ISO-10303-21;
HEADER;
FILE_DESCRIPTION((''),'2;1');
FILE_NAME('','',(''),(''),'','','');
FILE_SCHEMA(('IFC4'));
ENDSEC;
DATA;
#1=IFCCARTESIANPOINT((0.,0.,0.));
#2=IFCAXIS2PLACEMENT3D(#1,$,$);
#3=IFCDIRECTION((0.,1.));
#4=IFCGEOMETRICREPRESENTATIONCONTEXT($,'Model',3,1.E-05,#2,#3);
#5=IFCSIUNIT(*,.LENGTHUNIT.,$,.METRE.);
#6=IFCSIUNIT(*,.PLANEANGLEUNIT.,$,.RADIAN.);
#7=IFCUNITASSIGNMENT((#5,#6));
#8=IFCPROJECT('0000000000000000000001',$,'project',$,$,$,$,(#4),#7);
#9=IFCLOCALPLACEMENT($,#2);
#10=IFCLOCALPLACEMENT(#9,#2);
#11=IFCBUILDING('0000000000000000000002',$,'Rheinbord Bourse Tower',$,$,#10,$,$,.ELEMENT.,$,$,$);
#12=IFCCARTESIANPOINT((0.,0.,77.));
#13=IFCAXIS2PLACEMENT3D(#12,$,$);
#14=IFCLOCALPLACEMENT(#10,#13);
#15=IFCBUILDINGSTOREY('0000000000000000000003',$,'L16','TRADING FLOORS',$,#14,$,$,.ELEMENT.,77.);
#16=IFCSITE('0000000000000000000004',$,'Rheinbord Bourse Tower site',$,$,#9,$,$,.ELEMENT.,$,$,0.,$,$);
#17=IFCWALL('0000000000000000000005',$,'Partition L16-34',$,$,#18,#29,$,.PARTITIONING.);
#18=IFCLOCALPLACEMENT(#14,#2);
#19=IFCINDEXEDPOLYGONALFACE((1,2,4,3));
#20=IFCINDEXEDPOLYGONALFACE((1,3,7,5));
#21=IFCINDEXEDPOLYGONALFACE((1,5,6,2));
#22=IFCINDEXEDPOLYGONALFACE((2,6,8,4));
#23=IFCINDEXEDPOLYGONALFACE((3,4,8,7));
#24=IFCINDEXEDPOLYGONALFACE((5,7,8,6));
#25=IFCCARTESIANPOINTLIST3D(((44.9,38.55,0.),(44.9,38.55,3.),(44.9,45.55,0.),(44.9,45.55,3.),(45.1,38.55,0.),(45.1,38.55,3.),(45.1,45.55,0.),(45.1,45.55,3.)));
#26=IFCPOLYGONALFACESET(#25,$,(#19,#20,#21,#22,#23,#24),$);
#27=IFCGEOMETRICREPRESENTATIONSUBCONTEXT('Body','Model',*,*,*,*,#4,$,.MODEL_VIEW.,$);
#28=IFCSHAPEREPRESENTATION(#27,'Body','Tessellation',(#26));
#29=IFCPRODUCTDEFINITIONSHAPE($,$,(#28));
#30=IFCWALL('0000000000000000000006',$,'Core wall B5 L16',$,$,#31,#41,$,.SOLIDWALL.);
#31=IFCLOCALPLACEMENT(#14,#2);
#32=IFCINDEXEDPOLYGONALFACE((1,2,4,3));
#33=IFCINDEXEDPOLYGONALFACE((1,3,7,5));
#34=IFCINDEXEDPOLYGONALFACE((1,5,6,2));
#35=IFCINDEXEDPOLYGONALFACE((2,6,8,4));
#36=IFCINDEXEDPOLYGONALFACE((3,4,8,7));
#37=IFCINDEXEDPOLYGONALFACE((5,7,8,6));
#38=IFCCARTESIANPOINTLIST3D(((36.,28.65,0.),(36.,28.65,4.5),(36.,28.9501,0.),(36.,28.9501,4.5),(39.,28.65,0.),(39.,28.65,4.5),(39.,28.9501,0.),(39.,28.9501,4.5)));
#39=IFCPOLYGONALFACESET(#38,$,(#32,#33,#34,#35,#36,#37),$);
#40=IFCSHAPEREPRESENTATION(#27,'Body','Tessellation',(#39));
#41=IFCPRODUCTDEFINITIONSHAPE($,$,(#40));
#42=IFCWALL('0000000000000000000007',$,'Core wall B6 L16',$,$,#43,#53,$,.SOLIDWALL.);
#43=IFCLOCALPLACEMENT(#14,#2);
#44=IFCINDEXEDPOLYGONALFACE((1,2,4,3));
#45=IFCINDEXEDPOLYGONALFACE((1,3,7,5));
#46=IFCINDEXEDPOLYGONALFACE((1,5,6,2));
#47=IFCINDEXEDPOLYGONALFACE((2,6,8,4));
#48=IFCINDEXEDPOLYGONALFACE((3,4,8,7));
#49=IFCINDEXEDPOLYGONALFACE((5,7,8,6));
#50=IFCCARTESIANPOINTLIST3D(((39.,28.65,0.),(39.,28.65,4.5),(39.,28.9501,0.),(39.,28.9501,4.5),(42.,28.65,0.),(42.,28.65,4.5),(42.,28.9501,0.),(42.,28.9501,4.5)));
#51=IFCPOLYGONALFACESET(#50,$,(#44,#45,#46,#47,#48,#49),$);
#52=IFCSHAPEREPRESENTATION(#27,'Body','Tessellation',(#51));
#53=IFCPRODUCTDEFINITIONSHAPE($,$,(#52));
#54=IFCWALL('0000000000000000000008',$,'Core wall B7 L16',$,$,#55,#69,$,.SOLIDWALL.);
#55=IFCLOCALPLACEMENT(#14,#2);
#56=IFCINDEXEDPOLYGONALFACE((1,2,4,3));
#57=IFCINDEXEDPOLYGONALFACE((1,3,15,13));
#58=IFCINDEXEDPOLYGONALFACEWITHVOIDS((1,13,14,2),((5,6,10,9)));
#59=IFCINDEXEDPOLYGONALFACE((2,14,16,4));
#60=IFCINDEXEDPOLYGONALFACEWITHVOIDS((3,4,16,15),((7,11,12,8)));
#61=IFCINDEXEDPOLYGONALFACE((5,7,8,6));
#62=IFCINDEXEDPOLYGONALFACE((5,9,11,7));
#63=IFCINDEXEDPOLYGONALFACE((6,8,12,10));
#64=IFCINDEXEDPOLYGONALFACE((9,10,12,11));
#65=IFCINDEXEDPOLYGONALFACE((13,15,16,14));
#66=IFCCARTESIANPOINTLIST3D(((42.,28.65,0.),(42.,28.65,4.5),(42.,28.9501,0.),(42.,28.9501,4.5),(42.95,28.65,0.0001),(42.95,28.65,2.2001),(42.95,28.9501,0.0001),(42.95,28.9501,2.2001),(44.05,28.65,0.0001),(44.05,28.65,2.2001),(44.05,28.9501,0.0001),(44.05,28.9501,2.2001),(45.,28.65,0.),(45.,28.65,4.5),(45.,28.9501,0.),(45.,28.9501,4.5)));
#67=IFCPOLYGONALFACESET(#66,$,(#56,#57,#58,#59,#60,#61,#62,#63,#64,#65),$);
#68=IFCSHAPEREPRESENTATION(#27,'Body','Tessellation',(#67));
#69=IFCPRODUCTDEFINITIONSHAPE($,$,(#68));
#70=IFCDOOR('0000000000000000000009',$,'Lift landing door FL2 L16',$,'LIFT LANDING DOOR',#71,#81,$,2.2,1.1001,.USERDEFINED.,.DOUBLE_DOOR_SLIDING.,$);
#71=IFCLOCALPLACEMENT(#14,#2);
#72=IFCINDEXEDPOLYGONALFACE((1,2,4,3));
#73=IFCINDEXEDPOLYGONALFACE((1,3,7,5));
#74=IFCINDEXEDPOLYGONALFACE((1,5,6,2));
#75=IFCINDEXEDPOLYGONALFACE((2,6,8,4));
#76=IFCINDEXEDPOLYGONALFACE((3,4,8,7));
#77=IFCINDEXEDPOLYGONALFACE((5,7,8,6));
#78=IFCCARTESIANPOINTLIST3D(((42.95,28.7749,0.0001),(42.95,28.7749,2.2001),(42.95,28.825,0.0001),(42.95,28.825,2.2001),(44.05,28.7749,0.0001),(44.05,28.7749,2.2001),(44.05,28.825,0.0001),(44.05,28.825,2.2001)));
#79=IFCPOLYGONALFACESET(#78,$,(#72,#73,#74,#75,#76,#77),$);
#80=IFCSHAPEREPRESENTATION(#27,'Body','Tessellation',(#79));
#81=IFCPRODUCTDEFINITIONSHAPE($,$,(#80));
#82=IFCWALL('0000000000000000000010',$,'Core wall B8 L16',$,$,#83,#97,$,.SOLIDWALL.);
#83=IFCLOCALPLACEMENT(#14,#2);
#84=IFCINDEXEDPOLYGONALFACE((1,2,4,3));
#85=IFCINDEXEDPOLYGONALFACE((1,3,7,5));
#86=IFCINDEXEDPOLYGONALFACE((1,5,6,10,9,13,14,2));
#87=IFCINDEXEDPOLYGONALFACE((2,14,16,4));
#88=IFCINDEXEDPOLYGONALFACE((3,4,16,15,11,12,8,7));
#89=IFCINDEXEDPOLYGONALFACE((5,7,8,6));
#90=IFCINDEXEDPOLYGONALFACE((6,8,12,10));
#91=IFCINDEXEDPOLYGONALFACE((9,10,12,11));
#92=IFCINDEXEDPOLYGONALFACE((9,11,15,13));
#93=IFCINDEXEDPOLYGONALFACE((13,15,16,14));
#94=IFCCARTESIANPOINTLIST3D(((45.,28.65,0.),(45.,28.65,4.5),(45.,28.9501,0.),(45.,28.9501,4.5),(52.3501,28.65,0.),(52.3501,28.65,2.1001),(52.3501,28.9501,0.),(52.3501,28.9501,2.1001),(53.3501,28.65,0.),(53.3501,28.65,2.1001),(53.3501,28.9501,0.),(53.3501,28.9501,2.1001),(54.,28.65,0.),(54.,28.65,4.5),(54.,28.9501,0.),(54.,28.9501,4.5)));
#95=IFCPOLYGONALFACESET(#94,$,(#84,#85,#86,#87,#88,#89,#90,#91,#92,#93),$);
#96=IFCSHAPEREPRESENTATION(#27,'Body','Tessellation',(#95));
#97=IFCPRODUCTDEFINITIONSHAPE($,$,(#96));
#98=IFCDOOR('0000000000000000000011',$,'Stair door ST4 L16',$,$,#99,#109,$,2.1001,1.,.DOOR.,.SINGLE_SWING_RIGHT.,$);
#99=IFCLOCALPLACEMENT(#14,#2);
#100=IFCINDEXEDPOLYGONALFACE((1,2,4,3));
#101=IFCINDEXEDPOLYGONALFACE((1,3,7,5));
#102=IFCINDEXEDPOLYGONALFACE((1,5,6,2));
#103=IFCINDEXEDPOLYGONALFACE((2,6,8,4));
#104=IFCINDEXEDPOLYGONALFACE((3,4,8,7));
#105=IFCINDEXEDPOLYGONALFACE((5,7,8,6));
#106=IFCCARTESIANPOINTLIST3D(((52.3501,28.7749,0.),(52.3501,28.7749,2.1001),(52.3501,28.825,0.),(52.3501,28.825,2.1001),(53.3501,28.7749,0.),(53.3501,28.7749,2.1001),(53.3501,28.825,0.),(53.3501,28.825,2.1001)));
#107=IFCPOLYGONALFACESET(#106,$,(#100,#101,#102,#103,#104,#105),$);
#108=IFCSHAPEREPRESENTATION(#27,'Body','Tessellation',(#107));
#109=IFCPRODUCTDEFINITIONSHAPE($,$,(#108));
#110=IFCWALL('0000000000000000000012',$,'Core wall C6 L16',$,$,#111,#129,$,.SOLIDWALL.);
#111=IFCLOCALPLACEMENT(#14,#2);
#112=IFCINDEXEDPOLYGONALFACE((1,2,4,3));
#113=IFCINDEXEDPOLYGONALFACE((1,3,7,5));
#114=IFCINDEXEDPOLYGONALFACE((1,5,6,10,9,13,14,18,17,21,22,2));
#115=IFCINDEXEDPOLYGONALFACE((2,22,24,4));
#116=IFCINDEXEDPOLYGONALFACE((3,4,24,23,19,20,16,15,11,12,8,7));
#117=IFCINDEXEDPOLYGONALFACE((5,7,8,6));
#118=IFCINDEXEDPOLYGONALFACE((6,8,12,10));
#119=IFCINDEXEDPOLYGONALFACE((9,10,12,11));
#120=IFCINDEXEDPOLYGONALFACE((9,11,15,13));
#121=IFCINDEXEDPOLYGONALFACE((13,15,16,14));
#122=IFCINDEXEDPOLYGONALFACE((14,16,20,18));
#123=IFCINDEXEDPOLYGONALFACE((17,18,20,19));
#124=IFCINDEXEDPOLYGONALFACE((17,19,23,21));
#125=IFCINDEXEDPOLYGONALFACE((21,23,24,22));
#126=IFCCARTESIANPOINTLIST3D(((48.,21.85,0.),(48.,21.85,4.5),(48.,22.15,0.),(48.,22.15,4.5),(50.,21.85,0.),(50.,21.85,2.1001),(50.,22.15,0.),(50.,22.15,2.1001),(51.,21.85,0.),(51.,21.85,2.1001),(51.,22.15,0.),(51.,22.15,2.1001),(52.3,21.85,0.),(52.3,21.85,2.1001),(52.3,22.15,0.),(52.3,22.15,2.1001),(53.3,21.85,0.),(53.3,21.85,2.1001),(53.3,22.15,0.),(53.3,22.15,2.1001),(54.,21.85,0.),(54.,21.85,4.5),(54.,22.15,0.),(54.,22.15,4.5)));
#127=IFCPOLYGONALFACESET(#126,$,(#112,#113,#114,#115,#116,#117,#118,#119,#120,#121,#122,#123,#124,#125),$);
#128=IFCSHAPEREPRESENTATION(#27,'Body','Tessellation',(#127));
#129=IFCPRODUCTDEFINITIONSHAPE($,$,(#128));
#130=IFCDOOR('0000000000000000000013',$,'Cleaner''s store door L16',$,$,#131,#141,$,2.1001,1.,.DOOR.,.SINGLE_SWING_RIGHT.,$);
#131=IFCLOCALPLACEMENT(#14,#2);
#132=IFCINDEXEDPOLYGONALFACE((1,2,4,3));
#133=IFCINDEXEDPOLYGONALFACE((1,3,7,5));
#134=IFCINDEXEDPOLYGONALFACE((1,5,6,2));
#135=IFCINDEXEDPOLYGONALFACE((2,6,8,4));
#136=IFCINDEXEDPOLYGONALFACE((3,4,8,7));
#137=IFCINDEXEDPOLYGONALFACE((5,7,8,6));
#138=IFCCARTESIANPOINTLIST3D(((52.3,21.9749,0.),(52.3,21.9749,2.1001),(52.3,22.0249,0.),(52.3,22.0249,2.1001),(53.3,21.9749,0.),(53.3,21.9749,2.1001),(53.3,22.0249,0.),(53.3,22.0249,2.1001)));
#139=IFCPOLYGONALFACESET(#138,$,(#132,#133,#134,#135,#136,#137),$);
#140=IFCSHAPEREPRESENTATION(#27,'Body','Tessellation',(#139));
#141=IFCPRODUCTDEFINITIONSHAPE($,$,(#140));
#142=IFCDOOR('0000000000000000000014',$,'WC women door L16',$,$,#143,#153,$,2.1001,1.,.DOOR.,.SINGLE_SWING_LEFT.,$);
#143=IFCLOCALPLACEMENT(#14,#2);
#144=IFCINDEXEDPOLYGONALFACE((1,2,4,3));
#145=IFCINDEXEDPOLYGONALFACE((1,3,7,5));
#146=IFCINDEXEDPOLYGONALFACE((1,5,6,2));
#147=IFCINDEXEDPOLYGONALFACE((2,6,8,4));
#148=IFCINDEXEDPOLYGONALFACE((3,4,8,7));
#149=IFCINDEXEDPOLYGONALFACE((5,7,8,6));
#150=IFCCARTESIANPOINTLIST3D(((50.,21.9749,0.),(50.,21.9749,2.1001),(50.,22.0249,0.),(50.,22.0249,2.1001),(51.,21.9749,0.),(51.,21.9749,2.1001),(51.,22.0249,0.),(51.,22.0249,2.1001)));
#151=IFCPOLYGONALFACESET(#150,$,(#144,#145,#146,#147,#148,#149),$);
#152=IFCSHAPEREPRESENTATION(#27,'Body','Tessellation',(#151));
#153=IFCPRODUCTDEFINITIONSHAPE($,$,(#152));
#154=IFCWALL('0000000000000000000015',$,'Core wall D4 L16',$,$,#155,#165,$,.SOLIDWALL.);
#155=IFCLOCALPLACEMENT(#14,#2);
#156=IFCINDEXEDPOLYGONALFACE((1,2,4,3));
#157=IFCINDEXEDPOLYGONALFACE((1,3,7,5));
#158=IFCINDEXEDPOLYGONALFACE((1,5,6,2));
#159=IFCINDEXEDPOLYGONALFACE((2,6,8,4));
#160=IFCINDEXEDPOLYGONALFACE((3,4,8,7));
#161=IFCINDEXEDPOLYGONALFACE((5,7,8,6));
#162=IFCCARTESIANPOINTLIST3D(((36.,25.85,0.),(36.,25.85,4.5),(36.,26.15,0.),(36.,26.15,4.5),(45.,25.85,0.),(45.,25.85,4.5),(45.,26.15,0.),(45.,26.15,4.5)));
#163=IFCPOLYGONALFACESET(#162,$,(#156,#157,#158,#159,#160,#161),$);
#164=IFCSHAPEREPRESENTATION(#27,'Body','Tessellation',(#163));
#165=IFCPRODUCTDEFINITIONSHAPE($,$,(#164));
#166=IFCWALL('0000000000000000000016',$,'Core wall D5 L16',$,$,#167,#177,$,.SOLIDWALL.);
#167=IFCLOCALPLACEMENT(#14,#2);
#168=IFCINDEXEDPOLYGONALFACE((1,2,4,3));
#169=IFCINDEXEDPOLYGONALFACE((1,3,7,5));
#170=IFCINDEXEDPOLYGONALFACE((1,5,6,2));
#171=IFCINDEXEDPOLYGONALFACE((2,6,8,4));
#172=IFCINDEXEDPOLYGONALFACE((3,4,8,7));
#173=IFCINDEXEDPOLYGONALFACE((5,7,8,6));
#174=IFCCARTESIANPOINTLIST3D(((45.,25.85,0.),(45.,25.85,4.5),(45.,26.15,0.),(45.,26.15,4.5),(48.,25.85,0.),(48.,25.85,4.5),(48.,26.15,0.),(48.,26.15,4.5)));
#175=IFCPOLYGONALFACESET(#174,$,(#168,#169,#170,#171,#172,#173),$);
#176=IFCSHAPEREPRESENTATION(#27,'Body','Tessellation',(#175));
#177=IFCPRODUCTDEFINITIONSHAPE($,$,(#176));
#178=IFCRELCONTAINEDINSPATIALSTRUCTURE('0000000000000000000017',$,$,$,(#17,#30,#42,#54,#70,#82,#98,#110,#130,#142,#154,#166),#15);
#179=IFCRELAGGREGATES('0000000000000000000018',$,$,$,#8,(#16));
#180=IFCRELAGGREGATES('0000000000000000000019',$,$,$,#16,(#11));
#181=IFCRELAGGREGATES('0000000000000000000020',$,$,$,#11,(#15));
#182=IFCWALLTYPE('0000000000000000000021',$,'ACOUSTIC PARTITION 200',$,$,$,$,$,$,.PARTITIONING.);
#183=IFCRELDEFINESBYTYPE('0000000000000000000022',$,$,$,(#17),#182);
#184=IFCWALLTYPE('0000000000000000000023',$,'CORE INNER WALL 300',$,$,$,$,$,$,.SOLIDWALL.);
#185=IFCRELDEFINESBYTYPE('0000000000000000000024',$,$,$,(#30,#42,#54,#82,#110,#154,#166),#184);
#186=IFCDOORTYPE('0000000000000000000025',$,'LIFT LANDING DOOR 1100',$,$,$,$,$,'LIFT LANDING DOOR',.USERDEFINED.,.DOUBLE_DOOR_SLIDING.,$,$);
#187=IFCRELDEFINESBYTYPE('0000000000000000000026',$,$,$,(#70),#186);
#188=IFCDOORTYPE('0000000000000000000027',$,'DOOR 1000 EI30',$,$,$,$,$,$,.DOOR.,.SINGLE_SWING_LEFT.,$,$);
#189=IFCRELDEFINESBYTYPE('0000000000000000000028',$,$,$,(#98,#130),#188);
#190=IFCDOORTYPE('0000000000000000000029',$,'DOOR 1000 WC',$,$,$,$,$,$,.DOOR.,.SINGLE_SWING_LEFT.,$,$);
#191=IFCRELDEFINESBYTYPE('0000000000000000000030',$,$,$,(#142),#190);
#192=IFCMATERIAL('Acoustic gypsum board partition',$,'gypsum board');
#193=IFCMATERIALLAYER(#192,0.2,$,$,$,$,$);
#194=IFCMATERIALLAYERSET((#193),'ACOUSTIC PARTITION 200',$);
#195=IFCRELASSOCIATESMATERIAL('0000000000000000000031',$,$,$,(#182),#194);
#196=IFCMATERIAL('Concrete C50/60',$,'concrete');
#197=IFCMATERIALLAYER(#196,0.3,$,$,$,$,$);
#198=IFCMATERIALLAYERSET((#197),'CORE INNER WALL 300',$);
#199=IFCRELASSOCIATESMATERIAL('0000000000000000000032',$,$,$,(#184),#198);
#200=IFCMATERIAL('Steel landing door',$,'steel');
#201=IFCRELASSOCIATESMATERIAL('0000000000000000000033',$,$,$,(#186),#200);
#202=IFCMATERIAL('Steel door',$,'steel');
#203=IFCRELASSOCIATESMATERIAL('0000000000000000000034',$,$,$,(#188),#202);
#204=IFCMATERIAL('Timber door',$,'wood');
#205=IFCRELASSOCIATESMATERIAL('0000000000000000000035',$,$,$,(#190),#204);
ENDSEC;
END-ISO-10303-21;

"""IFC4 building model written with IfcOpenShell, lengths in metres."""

from ifc_helpers import new_model, si_unit, direction, frame, frame_2d, origin, place, context, subcontext, project, spatial, rectangle, extrude, material, layer, layer_set, type_object, element, fill, save


model = new_model("IFC4")

# Units and contexts
model_context = context("Model", 3, precision=1e-05, world=origin(), true_north=direction((0.0, 1.0)))
body_context = subcontext(model_context, "Body", "Model", "MODEL_VIEW")
ifc_project = project(units=[si_unit("LENGTHUNIT", "METRE"), si_unit("PLANEANGLEUNIT", "RADIAN")], contexts=[model_context])

# Site, building, storey
site_placement = place(None, origin())
site = spatial("IfcSite", under=ifc_project, at=site_placement, Name="Rheinbord Bourse Tower site", CompositionType="ELEMENT", RefElevation=0.0)
building_placement = place(site_placement, origin())
building = spatial("IfcBuilding", under=site, at=building_placement, Name="Rheinbord Bourse Tower", CompositionType="ELEMENT")
storey_placement = place(building_placement, frame((0.0, 0.0, 77.0)))
storey = spatial("IfcBuildingStorey", under=building, at=storey_placement, Name="L16", Description="TRADING FLOORS", CompositionType="ELEMENT", Elevation=77.0)

# Walls
ifc_material_1 = material(Name="Acoustic gypsum board partition", Category="gypsum board")
ifc_layer_1 = layer(ifc_material_1, 0.2)
ifc_layer_set_1 = layer_set([ifc_layer_1], Name="ACOUSTIC PARTITION 200")
wall_type_1 = type_object("IfcWallType", Name="ACOUSTIC PARTITION 200", PredefinedType="PARTITIONING", material=ifc_layer_set_1)
wall_1_placement = place(storey_placement, frame((45.0, 38.55, 0.0), z_axis=(0.0, 0.0, 1.0), x_axis=(0.0, 1.0, 0.0)))
element("IfcWall", 1, at=wall_1_placement, inside=storey, type_object=wall_type_1, Name="Partition L16-34", PredefinedType="PARTITIONING", context=body_context, shape_type="SweptSolid", body=[
    extrude(rectangle(XDim=7.0, YDim=0.2, at=frame_2d((3.5, 0.0))), origin(), (0.0, 0.0, 1.0), 3.0),
])
ifc_material_2 = material(Name="Concrete C50/60", Category="concrete")
ifc_layer_2 = layer(ifc_material_2, 0.3)
ifc_layer_set_2 = layer_set([ifc_layer_2], Name="CORE INNER WALL 300")
wall_type_2 = type_object("IfcWallType", Name="CORE INNER WALL 300", PredefinedType="SOLIDWALL", material=ifc_layer_set_2)
for number, where, z_axis, x_axis, name in (
    (2, (36.0, 28.8, 0.0), (0.0, 0.0, 1.0), (1.0, 0.0, 0.0), "Core wall B5 L16"),
    (3, (39.0, 28.8, 0.0), (0.0, 0.0, 1.0), (1.0, 0.0, 0.0), "Core wall B6 L16"),
):
    element("IfcWall", number, at=place(storey_placement, frame(where, z_axis=z_axis, x_axis=x_axis)), inside=storey, type_object=wall_type_2, Name=name, PredefinedType="SOLIDWALL", context=body_context, shape_type="SweptSolid", body=[
        extrude(rectangle(XDim=3.0, YDim=0.3, at=frame_2d((1.5, 0.0))), origin(), (0.0, 0.0, 1.0), 4.5),
    ])

# Walls, openings, doors
wall_2_placement = place(storey_placement, frame((42.0, 28.8, 0.0), z_axis=(0.0, 0.0, 1.0), x_axis=(1.0, 0.0, 0.0)))
wall_2 = element("IfcWall", 4, at=wall_2_placement, inside=storey, type_object=wall_type_2, Name="Core wall B7 L16", PredefinedType="SOLIDWALL", context=body_context, shape_type="SweptSolid", body=[
    extrude(rectangle(XDim=3.0, YDim=0.3, at=frame_2d((1.5, 0.0))), origin(), (0.0, 0.0, 1.0), 4.5),
])
opening_1_placement = place(wall_2_placement, frame((0.95, 0.0, 0.0)))
opening_1 = element("IfcOpeningElement", 5, at=opening_1_placement, cuts=wall_2, PredefinedType="OPENING", context=body_context, shape_type="SweptSolid", body=[
    extrude(rectangle(XDim=1.1001, YDim=2.2, at=frame_2d((0.55, 1.1001))), frame((0.0, 0.1599, 0.0), z_axis=(0.0, -1.0, 0.0), x_axis=(1.0, 0.0, 0.0)), (0.0, 0.0, 1.0), 0.3201),
])
ifc_material_3 = material(Name="Steel landing door", Category="steel")
door_type_1 = type_object("IfcDoorType", Name="LIFT LANDING DOOR 1100", ElementType="LIFT LANDING DOOR", OperationType="DOUBLE_DOOR_SLIDING", PredefinedType="USERDEFINED", material=ifc_material_3)
door_1_placement = place(opening_1_placement, origin())
door_1 = element("IfcDoor", 6, at=door_1_placement, inside=storey, type_object=door_type_1, Name="Lift landing door FL2 L16", ObjectType="LIFT LANDING DOOR", OperationType="DOUBLE_DOOR_SLIDING", OverallHeight=2.2, OverallWidth=1.1001, PredefinedType="USERDEFINED", context=body_context, shape_type="SweptSolid", body=[
    extrude(rectangle(XDim=1.1001, YDim=2.2, at=frame_2d((0.55, 1.1001))), frame((0.0, 0.0249, 0.0), z_axis=(0.0, -1.0, 0.0), x_axis=(1.0, 0.0, 0.0)), (0.0, 0.0, 1.0), 0.05),
])
fill(opening_1, door_1)
wall_3_placement = place(storey_placement, frame((45.0, 28.8, 0.0), z_axis=(0.0, 0.0, 1.0), x_axis=(1.0, 0.0, 0.0)))
wall_3 = element("IfcWall", 7, at=wall_3_placement, inside=storey, type_object=wall_type_2, Name="Core wall B8 L16", PredefinedType="SOLIDWALL", context=body_context, shape_type="SweptSolid", body=[
    extrude(rectangle(XDim=9.0, YDim=0.3, at=frame_2d((4.5, 0.0))), origin(), (0.0, 0.0, 1.0), 4.5),
])
opening_2_placement = place(wall_3_placement, frame((7.3501, 0.0, 0.0)))
opening_2 = element("IfcOpeningElement", 8, at=opening_2_placement, cuts=wall_3, PredefinedType="OPENING", context=body_context, shape_type="SweptSolid", body=[
    extrude(rectangle(XDim=1.0, YDim=2.1001, at=frame_2d((0.5, 1.05))), frame((0.0, 0.1599, 0.0), z_axis=(0.0, -1.0, 0.0), x_axis=(1.0, 0.0, 0.0)), (0.0, 0.0, 1.0), 0.3201),
])
ifc_material_4 = material(Name="Steel door", Category="steel")
door_type_2 = type_object("IfcDoorType", Name="DOOR 1000 EI30", OperationType="SINGLE_SWING_LEFT", PredefinedType="DOOR", material=ifc_material_4)
door_2_placement = place(opening_2_placement, origin())
door_2 = element("IfcDoor", 9, at=door_2_placement, inside=storey, type_object=door_type_2, Name="Stair door ST4 L16", OperationType="SINGLE_SWING_RIGHT", OverallHeight=2.1001, OverallWidth=1.0, PredefinedType="DOOR", context=body_context, shape_type="SweptSolid", body=[
    extrude(rectangle(XDim=1.0, YDim=2.1001, at=frame_2d((0.5, 1.05))), frame((0.0, 0.0249, 0.0), z_axis=(0.0, -1.0, 0.0), x_axis=(1.0, 0.0, 0.0)), (0.0, 0.0, 1.0), 0.05),
])
fill(opening_2, door_2)

# Wall, openings, doors
wall_4_placement = place(storey_placement, frame((48.0, 22.0, 0.0), z_axis=(0.0, 0.0, 1.0), x_axis=(1.0, 0.0, 0.0)))
wall_4 = element("IfcWall", 10, at=wall_4_placement, inside=storey, type_object=wall_type_2, Name="Core wall C6 L16", PredefinedType="SOLIDWALL", context=body_context, shape_type="SweptSolid", body=[
    extrude(rectangle(XDim=6.0, YDim=0.3, at=frame_2d((3.0, 0.0))), origin(), (0.0, 0.0, 1.0), 4.5),
])
opening_3_placement = place(wall_4_placement, frame((2.0, 0.0, 0.0)))
opening_3 = element("IfcOpeningElement", 11, at=opening_3_placement, cuts=wall_4, PredefinedType="OPENING", context=body_context, shape_type="SweptSolid", body=[
    extrude(rectangle(XDim=1.0, YDim=2.1001, at=frame_2d((0.5, 1.05))), frame((0.0, 0.1599, 0.0), z_axis=(0.0, -1.0, 0.0), x_axis=(1.0, 0.0, 0.0)), (0.0, 0.0, 1.0), 0.3201),
])
opening_4_placement = place(wall_4_placement, frame((4.3, 0.0, 0.0)))
opening_4 = element("IfcOpeningElement", 12, at=opening_4_placement, cuts=wall_4, PredefinedType="OPENING", context=body_context, shape_type="SweptSolid", body=[
    extrude(rectangle(XDim=1.0, YDim=2.1001, at=frame_2d((0.5, 1.05))), frame((0.0, 0.1599, 0.0), z_axis=(0.0, -1.0, 0.0), x_axis=(1.0, 0.0, 0.0)), (0.0, 0.0, 1.0), 0.3201),
])
door_3_placement = place(opening_4_placement, origin())
door_3 = element("IfcDoor", 13, at=door_3_placement, inside=storey, type_object=door_type_2, Name="Cleaner's store door L16", OperationType="SINGLE_SWING_RIGHT", OverallHeight=2.1001, OverallWidth=1.0, PredefinedType="DOOR", context=body_context, shape_type="SweptSolid", body=[
    extrude(rectangle(XDim=1.0, YDim=2.1001, at=frame_2d((0.5, 1.05))), frame((0.0, 0.0249, 0.0), z_axis=(0.0, -1.0, 0.0), x_axis=(1.0, 0.0, 0.0)), (0.0, 0.0, 1.0), 0.05),
])
fill(opening_4, door_3)
ifc_material_5 = material(Name="Timber door", Category="wood")
door_type_3 = type_object("IfcDoorType", Name="DOOR 1000 WC", OperationType="SINGLE_SWING_LEFT", PredefinedType="DOOR", material=ifc_material_5)
door_4_placement = place(opening_3_placement, origin())
door_4 = element("IfcDoor", 14, at=door_4_placement, inside=storey, type_object=door_type_3, Name="WC women door L16", OperationType="SINGLE_SWING_LEFT", OverallHeight=2.1001, OverallWidth=1.0, PredefinedType="DOOR", context=body_context, shape_type="SweptSolid", body=[
    extrude(rectangle(XDim=1.0, YDim=2.1001, at=frame_2d((0.5, 1.05))), frame((0.0, 0.0249, 0.0), z_axis=(0.0, -1.0, 0.0), x_axis=(1.0, 0.0, 0.0)), (0.0, 0.0, 1.0), 0.05),
])
fill(opening_3, door_4)

# Walls
wall_5_placement = place(storey_placement, frame((36.0, 26.0, 0.0), z_axis=(0.0, 0.0, 1.0), x_axis=(1.0, 0.0, 0.0)))
element("IfcWall", 15, at=wall_5_placement, inside=storey, type_object=wall_type_2, Name="Core wall D4 L16", PredefinedType="SOLIDWALL", context=body_context, shape_type="SweptSolid", body=[
    extrude(rectangle(XDim=9.0, YDim=0.3, at=frame_2d((4.5, 0.0))), origin(), (0.0, 0.0, 1.0), 4.5),
])
wall_6_placement = place(storey_placement, frame((45.0, 26.0, 0.0), z_axis=(0.0, 0.0, 1.0), x_axis=(1.0, 0.0, 0.0)))
element("IfcWall", 16, at=wall_6_placement, inside=storey, type_object=wall_type_2, Name="Core wall D5 L16", PredefinedType="SOLIDWALL", context=body_context, shape_type="SweptSolid", body=[
    extrude(rectangle(XDim=3.0, YDim=0.3, at=frame_2d((1.5, 0.0))), origin(), (0.0, 0.0, 1.0), 4.5),
])

save(model, "model.ifc")
